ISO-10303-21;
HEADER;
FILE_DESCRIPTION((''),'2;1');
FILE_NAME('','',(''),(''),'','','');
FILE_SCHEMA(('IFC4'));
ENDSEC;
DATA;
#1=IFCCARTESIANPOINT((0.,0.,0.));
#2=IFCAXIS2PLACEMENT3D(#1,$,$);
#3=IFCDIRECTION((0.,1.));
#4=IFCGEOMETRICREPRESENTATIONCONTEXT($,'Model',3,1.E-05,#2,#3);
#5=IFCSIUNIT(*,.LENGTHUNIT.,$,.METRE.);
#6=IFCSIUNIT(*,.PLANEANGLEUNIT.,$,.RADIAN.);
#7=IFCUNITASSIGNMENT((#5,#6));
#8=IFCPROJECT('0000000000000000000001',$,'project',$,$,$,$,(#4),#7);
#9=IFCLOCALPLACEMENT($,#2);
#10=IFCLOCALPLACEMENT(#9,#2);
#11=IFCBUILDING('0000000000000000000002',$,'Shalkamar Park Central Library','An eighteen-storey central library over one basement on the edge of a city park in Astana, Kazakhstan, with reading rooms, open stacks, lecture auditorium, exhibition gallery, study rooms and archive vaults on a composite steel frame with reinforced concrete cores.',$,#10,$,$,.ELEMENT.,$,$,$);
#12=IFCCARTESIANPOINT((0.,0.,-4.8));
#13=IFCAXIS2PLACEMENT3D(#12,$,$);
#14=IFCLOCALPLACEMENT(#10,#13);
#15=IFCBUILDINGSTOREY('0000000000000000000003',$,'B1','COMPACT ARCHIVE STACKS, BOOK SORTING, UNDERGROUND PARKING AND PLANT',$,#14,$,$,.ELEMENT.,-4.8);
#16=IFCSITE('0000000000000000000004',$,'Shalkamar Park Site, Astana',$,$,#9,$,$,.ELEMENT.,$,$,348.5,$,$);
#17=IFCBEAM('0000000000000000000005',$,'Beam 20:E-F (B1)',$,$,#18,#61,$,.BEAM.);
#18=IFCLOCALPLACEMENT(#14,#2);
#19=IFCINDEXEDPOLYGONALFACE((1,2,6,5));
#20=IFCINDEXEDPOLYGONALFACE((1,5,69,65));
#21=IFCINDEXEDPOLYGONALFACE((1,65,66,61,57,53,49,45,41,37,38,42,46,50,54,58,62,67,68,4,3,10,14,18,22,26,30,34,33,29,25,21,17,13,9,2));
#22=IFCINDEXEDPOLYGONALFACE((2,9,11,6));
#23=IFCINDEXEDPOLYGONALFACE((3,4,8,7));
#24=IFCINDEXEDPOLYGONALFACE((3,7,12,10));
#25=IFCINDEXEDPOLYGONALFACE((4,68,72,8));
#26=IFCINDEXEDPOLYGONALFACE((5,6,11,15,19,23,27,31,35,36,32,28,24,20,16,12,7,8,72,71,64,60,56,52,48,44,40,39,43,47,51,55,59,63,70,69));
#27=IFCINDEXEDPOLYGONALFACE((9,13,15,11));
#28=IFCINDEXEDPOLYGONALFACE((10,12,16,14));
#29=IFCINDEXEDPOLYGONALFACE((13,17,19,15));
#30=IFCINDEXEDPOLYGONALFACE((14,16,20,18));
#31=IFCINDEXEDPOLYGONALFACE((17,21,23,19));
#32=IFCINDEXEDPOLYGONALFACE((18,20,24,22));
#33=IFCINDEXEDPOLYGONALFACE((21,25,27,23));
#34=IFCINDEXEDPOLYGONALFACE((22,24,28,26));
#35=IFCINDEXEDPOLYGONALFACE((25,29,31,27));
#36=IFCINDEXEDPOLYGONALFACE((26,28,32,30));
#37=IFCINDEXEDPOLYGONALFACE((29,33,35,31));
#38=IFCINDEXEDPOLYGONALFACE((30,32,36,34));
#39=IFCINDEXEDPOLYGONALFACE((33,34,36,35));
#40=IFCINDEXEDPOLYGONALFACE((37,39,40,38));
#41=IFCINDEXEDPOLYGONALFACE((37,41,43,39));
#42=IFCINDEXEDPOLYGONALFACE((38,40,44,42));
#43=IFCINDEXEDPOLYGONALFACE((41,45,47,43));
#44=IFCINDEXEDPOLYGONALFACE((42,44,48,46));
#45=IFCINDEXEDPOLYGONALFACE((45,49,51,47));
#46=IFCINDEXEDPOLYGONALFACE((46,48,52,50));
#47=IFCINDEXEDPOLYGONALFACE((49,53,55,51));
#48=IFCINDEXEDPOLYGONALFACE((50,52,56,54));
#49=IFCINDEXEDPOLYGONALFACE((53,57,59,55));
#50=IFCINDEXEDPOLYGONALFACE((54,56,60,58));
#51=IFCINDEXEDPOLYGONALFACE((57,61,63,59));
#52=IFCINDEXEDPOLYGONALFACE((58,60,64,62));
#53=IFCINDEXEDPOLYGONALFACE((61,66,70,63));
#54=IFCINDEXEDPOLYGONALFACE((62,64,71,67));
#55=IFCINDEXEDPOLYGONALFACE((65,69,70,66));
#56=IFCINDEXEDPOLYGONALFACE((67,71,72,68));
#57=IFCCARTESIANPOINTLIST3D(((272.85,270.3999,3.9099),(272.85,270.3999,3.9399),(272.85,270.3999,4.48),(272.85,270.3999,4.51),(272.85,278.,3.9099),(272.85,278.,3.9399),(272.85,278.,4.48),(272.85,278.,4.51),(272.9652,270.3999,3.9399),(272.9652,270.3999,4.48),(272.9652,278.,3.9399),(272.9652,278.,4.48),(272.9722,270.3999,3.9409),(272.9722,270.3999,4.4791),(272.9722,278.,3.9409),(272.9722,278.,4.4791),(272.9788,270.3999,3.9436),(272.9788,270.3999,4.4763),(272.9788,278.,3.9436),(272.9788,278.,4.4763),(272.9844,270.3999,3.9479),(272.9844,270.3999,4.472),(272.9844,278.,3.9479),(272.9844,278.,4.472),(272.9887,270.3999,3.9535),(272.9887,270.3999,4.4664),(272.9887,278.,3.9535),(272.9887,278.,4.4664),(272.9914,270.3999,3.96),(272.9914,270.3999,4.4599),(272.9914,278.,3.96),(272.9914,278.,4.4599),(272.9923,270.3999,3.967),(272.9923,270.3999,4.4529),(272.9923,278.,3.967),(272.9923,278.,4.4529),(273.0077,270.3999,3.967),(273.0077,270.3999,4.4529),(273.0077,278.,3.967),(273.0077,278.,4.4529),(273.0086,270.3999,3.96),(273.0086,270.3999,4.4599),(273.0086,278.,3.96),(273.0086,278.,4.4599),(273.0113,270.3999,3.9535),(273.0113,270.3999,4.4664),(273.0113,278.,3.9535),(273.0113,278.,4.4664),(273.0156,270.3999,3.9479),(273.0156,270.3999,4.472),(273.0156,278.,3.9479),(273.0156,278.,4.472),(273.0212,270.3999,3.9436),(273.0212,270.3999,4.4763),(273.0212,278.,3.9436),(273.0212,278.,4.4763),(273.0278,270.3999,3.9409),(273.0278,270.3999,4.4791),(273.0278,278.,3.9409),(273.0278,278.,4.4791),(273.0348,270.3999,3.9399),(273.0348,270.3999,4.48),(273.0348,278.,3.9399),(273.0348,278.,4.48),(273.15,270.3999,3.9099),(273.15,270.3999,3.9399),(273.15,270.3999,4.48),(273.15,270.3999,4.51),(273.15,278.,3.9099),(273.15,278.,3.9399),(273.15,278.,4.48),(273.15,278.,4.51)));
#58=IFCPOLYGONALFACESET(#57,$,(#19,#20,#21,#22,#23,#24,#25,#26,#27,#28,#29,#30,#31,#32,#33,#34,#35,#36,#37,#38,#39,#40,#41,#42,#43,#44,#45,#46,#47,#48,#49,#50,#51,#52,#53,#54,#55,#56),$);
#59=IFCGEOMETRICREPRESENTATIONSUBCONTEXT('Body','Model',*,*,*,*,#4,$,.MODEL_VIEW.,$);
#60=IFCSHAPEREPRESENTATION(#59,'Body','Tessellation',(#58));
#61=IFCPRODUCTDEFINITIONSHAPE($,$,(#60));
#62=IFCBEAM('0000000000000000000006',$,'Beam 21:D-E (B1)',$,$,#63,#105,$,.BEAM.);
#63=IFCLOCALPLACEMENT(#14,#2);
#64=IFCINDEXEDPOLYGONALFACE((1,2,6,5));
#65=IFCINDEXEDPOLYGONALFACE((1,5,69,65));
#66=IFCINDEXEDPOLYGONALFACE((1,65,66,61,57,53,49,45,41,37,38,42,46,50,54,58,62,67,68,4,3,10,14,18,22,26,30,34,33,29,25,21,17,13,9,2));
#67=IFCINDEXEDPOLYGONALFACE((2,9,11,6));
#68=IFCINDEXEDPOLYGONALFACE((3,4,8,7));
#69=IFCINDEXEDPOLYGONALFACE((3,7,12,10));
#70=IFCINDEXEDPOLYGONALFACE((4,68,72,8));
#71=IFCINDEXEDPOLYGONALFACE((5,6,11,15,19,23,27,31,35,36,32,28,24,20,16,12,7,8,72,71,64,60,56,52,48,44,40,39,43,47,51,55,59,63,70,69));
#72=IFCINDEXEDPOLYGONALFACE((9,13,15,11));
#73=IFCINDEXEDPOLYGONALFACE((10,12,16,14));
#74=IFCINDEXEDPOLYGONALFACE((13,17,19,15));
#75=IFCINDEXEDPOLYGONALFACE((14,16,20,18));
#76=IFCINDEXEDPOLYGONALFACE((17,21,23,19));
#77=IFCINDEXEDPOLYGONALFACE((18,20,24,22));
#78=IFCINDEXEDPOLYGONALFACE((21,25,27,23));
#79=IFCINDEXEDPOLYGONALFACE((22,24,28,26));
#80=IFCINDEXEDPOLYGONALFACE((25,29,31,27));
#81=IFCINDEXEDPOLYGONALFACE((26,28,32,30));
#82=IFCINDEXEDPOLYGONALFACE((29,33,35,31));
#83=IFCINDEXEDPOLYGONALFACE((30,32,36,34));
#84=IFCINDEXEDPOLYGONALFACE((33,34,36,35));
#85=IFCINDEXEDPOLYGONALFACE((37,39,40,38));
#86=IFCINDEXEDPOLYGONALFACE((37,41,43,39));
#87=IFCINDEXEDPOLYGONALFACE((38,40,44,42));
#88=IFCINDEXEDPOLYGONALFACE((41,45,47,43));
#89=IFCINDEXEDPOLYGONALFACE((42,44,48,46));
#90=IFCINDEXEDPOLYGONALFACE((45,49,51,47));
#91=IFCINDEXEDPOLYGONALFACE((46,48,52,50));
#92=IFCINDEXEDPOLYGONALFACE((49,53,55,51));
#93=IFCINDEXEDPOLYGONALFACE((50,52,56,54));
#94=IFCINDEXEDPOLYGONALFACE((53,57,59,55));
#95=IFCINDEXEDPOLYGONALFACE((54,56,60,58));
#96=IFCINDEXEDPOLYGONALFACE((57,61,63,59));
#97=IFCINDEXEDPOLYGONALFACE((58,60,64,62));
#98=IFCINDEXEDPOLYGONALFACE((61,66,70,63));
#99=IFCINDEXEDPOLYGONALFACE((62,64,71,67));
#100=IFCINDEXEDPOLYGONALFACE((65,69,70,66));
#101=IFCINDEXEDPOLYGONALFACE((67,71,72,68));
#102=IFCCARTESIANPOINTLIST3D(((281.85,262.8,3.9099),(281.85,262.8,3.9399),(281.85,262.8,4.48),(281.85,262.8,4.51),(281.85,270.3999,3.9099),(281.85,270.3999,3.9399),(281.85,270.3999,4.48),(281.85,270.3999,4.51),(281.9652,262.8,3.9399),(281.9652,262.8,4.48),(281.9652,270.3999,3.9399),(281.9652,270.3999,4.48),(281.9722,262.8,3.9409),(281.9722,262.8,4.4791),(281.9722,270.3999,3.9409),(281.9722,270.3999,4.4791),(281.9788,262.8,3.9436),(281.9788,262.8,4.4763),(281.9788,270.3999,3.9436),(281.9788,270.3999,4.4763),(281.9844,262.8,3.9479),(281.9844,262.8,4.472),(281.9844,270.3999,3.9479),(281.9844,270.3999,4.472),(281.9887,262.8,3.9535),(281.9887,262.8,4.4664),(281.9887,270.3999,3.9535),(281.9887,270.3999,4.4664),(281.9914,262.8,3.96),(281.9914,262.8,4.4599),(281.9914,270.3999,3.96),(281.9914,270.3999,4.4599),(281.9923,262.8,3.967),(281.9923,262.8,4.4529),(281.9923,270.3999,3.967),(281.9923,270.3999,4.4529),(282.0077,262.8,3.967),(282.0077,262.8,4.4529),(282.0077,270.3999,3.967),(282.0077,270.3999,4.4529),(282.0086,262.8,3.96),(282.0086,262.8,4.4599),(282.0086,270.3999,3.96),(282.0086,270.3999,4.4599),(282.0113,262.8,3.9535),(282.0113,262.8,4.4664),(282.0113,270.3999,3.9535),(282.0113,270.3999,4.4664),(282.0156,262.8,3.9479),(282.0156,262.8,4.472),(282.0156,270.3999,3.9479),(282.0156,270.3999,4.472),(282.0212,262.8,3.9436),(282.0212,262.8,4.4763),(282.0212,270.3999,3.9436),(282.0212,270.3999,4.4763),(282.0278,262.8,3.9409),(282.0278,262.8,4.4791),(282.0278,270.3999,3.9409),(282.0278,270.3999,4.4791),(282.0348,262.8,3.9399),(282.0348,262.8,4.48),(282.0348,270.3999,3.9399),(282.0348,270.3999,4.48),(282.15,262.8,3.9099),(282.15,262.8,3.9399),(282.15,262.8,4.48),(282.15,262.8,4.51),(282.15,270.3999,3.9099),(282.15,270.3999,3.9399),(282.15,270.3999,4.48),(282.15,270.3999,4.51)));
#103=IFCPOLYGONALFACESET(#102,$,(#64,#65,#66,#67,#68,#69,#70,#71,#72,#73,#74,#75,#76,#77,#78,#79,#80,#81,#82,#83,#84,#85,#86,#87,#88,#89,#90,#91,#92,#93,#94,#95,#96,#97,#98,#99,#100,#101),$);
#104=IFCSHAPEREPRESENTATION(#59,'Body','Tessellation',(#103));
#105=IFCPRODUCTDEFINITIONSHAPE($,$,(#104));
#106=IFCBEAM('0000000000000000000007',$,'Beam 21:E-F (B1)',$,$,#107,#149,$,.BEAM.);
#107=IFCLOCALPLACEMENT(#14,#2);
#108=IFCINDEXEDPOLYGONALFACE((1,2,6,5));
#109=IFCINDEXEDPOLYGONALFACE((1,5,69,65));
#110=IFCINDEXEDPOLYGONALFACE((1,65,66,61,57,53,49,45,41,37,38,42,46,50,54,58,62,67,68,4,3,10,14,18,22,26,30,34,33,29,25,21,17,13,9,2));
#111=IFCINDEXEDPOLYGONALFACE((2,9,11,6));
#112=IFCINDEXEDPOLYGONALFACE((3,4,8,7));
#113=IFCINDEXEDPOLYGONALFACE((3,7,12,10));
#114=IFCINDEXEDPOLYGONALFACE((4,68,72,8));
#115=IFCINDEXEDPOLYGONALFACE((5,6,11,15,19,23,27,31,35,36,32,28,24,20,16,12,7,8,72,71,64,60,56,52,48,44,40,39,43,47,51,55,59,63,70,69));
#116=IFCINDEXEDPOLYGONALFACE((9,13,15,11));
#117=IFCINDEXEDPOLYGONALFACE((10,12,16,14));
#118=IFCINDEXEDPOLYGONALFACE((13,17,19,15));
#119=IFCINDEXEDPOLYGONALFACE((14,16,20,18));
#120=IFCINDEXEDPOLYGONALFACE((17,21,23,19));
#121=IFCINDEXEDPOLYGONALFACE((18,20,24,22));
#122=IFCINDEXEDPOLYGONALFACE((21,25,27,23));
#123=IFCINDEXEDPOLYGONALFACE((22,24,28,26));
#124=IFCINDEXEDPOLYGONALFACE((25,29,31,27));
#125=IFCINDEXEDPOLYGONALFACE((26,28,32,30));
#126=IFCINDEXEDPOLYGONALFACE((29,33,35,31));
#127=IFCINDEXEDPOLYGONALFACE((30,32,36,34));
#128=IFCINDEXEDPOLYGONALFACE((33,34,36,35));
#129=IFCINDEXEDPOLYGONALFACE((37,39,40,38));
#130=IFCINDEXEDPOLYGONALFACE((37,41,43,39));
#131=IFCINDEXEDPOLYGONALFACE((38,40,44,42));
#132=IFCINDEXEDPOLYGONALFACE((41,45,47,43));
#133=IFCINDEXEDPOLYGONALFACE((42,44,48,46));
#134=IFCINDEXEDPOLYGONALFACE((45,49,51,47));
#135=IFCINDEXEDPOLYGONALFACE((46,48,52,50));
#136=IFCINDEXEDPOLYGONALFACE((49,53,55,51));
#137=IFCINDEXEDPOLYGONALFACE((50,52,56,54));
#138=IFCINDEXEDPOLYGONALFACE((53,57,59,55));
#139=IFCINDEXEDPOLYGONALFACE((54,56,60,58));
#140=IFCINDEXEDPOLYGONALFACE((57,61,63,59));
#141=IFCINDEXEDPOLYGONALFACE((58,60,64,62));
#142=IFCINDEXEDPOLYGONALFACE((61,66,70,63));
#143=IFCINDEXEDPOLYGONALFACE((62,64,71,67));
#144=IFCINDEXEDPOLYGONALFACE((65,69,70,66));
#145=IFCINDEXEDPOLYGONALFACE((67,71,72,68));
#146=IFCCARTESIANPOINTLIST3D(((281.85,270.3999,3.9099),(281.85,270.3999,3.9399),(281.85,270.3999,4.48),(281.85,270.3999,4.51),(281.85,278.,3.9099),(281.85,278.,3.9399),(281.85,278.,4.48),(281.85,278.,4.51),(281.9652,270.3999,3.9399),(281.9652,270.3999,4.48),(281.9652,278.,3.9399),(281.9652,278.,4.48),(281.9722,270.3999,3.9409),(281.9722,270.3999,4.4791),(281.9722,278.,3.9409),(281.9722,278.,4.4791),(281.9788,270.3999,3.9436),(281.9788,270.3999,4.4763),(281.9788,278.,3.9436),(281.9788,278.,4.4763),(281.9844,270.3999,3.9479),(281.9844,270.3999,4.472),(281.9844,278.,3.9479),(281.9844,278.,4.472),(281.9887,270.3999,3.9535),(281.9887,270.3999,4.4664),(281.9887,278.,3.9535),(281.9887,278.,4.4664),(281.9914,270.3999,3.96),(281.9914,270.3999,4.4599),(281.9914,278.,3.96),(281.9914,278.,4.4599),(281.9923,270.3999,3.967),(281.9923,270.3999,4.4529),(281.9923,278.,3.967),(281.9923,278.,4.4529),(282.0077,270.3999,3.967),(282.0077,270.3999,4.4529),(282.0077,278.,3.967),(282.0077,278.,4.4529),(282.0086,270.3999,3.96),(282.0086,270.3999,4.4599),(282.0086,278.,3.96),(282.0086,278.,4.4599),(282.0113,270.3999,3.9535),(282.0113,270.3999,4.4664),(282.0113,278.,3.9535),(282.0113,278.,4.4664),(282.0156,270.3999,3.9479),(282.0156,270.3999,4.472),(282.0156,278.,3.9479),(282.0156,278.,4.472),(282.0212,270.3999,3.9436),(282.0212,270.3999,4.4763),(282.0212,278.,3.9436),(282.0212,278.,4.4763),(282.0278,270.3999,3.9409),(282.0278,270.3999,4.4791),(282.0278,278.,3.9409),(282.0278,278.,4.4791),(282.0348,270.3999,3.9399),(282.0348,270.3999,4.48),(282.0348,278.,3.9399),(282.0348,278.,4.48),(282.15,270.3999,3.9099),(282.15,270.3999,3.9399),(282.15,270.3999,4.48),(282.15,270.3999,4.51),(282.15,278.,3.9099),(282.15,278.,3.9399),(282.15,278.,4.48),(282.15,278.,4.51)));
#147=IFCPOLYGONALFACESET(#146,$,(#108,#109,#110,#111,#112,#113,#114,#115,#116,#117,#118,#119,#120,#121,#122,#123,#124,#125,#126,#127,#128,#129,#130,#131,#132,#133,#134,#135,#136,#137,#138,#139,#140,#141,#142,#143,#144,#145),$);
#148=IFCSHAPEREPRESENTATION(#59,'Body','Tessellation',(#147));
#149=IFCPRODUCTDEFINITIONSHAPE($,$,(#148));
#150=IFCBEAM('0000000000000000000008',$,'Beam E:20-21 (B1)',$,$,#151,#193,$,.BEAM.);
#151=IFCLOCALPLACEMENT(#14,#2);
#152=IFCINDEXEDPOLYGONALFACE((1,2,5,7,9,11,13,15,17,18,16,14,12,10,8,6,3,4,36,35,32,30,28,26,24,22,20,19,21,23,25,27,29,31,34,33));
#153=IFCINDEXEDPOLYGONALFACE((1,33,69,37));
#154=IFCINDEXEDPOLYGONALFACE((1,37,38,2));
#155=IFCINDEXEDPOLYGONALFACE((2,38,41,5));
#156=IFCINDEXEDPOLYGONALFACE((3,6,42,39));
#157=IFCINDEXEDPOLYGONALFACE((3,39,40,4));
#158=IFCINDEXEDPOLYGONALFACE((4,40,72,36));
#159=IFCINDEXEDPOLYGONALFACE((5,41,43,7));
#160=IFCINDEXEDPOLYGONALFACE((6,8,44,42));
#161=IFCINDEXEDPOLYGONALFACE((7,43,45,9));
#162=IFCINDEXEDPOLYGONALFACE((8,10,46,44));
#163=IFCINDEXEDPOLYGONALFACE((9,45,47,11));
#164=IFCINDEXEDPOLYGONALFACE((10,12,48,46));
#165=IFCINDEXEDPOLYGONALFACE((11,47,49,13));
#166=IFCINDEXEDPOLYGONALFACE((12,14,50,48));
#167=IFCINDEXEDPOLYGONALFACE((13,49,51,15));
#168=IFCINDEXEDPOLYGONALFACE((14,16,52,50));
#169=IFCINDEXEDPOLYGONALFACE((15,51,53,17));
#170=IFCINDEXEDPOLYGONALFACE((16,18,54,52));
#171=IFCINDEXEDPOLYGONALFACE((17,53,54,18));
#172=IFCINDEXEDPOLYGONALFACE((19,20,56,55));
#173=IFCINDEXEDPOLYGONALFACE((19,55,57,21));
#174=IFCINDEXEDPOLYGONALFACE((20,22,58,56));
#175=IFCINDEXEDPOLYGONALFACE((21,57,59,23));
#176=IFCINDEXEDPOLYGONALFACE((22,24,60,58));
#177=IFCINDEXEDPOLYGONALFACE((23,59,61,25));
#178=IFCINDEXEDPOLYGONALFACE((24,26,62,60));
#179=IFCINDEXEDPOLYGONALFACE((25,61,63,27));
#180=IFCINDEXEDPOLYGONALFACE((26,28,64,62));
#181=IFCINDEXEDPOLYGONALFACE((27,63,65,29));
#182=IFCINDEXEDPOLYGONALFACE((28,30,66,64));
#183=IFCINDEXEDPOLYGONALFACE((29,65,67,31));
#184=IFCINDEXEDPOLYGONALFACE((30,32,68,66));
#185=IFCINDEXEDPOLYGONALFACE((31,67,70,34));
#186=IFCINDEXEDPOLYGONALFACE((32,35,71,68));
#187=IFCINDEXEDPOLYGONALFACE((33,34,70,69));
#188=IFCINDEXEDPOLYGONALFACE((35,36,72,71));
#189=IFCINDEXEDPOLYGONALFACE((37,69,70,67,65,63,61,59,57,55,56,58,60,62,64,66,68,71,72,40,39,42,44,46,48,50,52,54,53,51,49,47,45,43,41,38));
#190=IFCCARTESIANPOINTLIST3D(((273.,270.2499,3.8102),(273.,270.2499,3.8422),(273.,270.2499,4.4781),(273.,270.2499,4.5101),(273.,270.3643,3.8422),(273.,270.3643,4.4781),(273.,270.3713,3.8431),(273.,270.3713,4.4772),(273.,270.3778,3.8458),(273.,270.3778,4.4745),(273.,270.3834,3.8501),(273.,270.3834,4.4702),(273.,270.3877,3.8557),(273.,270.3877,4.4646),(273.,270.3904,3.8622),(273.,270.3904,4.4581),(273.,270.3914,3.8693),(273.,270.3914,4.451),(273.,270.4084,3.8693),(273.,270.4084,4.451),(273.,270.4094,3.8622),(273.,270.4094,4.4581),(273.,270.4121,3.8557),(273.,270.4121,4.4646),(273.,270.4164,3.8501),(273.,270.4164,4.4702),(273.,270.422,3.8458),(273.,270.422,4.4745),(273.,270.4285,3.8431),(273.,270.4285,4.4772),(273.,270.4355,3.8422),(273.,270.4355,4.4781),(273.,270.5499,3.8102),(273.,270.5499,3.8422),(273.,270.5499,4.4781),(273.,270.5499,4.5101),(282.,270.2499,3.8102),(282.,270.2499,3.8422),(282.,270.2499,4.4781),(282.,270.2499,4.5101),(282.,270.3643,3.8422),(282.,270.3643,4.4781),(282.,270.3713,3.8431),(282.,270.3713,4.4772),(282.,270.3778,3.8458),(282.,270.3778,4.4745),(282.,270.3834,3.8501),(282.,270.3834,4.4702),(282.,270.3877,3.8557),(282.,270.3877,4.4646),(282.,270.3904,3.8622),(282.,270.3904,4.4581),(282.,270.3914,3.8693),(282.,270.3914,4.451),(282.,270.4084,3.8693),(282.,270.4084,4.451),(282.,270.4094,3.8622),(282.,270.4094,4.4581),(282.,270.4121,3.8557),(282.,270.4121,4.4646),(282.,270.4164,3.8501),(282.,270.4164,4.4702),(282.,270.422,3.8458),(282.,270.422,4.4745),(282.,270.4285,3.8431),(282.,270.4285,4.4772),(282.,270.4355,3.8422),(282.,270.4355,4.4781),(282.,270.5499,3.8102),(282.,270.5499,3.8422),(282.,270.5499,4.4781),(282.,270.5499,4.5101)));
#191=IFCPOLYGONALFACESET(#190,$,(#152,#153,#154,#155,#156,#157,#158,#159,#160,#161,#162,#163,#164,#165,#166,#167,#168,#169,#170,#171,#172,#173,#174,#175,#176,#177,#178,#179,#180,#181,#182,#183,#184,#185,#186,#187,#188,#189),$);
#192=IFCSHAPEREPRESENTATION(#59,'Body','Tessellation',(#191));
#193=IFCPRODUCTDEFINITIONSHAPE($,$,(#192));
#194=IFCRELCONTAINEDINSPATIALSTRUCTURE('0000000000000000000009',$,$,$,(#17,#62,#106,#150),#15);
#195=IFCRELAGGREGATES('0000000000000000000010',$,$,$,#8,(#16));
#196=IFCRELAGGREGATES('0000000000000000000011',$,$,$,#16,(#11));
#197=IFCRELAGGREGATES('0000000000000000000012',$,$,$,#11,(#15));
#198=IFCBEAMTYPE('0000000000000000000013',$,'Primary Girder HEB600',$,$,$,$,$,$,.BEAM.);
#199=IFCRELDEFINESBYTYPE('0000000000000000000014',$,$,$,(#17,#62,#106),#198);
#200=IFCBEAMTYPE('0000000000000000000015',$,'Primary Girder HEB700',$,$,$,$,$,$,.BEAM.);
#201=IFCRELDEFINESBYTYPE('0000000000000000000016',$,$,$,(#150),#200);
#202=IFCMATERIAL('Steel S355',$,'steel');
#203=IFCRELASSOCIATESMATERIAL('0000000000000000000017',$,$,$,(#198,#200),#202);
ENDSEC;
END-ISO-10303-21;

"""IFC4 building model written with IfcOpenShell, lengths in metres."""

from ifc_helpers import new_model, si_unit, direction, frame, origin, origin_2d, place, context, subcontext, project, spatial, i_section, extrude, material, material_profile, profile_set, type_object, element, save


model = new_model("IFC4")

# Units and contexts
model_context = context("Model", 3, precision=1e-05, world=origin(), true_north=direction((0.0, 1.0)))
body_context = subcontext(model_context, "Body", "Model", "MODEL_VIEW")
ifc_project = project(units=[si_unit("LENGTHUNIT", "METRE"), si_unit("PLANEANGLEUNIT", "RADIAN")], contexts=[model_context])

# Site, building, storey
site_placement = place(None, origin())
site = spatial("IfcSite", under=ifc_project, at=site_placement, Name="Shalkamar Park Site, Astana", CompositionType="ELEMENT", RefElevation=348.5)
building_placement = place(site_placement, origin())
building = spatial("IfcBuilding", under=site, at=building_placement, Name="Shalkamar Park Central Library", Description="An eighteen-storey central library over one basement on the edge of a city park in Astana, Kazakhstan, with reading rooms, open stacks, lecture auditorium, exhibition gallery, study rooms and archive vaults on a composite steel frame with reinforced concrete cores.", CompositionType="ELEMENT")
storey_placement = place(building_placement, frame((0.0, 0.0, -4.8)))
storey = spatial("IfcBuildingStorey", under=building, at=storey_placement, Name="B1", Description="COMPACT ARCHIVE STACKS, BOOK SORTING, UNDERGROUND PARKING AND PLANT", CompositionType="ELEMENT", Elevation=-4.8)

# Shared definitions
ifc_material_1 = material(Name="Steel S355", Category="steel")

# Beams
ifc_material_profile_1 = material_profile(ifc_material_1, i_section(OverallWidth=0.3, OverallDepth=0.6001, WebThickness=0.0154, FlangeThickness=0.03, FilletRadius=0.0271, at=origin_2d()), Name="HEB 600")
ifc_profile_set_1 = profile_set([ifc_material_profile_1], Name="Steel S355")
beam_type_1 = type_object("IfcBeamType", Name="Primary Girder HEB600", PredefinedType="BEAM", material=ifc_profile_set_1)
beam_1_placement = place(storey_placement, frame((273.0, 270.3999, 4.21), z_axis=(0.0, 1.0, 0.0), x_axis=(-1.0, 0.0, 0.0)))
element("IfcBeam", 1, at=beam_1_placement, inside=storey, type_object=beam_type_1, Name="Beam 20:E-F (B1)", PredefinedType="BEAM", context=body_context, shape_type="SweptSolid", body=[
    extrude(i_section(OverallWidth=0.3, OverallDepth=0.6001, WebThickness=0.0154, FlangeThickness=0.03, FilletRadius=0.0271, at=origin_2d()), origin(), (0.0, 0.0, 1.0), 7.6001),
])
beam_2_placement = place(storey_placement, frame((282.0, 262.8, 4.21), z_axis=(0.0, 1.0, 0.0), x_axis=(-1.0, 0.0, 0.0)))
element("IfcBeam", 2, at=beam_2_placement, inside=storey, type_object=beam_type_1, Name="Beam 21:D-E (B1)", PredefinedType="BEAM", context=body_context, shape_type="SweptSolid", body=[
    extrude(i_section(OverallWidth=0.3, OverallDepth=0.6001, WebThickness=0.0154, FlangeThickness=0.03, FilletRadius=0.0271, at=origin_2d()), origin(), (0.0, 0.0, 1.0), 7.5999),
])
beam_3_placement = place(storey_placement, frame((282.0, 270.3999, 4.21), z_axis=(0.0, 1.0, 0.0), x_axis=(-1.0, 0.0, 0.0)))
element("IfcBeam", 3, at=beam_3_placement, inside=storey, type_object=beam_type_1, Name="Beam 21:E-F (B1)", PredefinedType="BEAM", context=body_context, shape_type="SweptSolid", body=[
    extrude(i_section(OverallWidth=0.3, OverallDepth=0.6001, WebThickness=0.0154, FlangeThickness=0.03, FilletRadius=0.0271, at=origin_2d()), origin(), (0.0, 0.0, 1.0), 7.6001),
])
ifc_material_profile_2 = material_profile(ifc_material_1, i_section(OverallWidth=0.3, OverallDepth=0.7, WebThickness=0.0171, FlangeThickness=0.032, FilletRadius=0.0271, at=origin_2d()), Name="HEB 700")
ifc_profile_set_2 = profile_set([ifc_material_profile_2], Name="Steel S355")
beam_type_2 = type_object("IfcBeamType", Name="Primary Girder HEB700", PredefinedType="BEAM", material=ifc_profile_set_2)
beam_4_placement = place(storey_placement, frame((273.0, 270.3999, 4.1602), z_axis=(1.0, 0.0, 0.0), x_axis=(0.0, 1.0, 0.0)))
element("IfcBeam", 4, at=beam_4_placement, inside=storey, type_object=beam_type_2, Name="Beam E:20-21 (B1)", PredefinedType="BEAM", context=body_context, shape_type="SweptSolid", body=[
    extrude(i_section(OverallWidth=0.3, OverallDepth=0.7, WebThickness=0.0171, FlangeThickness=0.032, FilletRadius=0.0271, at=origin_2d()), origin(), (0.0, 0.0, 1.0), 9.0),
])

save(model, "model.ifc")
